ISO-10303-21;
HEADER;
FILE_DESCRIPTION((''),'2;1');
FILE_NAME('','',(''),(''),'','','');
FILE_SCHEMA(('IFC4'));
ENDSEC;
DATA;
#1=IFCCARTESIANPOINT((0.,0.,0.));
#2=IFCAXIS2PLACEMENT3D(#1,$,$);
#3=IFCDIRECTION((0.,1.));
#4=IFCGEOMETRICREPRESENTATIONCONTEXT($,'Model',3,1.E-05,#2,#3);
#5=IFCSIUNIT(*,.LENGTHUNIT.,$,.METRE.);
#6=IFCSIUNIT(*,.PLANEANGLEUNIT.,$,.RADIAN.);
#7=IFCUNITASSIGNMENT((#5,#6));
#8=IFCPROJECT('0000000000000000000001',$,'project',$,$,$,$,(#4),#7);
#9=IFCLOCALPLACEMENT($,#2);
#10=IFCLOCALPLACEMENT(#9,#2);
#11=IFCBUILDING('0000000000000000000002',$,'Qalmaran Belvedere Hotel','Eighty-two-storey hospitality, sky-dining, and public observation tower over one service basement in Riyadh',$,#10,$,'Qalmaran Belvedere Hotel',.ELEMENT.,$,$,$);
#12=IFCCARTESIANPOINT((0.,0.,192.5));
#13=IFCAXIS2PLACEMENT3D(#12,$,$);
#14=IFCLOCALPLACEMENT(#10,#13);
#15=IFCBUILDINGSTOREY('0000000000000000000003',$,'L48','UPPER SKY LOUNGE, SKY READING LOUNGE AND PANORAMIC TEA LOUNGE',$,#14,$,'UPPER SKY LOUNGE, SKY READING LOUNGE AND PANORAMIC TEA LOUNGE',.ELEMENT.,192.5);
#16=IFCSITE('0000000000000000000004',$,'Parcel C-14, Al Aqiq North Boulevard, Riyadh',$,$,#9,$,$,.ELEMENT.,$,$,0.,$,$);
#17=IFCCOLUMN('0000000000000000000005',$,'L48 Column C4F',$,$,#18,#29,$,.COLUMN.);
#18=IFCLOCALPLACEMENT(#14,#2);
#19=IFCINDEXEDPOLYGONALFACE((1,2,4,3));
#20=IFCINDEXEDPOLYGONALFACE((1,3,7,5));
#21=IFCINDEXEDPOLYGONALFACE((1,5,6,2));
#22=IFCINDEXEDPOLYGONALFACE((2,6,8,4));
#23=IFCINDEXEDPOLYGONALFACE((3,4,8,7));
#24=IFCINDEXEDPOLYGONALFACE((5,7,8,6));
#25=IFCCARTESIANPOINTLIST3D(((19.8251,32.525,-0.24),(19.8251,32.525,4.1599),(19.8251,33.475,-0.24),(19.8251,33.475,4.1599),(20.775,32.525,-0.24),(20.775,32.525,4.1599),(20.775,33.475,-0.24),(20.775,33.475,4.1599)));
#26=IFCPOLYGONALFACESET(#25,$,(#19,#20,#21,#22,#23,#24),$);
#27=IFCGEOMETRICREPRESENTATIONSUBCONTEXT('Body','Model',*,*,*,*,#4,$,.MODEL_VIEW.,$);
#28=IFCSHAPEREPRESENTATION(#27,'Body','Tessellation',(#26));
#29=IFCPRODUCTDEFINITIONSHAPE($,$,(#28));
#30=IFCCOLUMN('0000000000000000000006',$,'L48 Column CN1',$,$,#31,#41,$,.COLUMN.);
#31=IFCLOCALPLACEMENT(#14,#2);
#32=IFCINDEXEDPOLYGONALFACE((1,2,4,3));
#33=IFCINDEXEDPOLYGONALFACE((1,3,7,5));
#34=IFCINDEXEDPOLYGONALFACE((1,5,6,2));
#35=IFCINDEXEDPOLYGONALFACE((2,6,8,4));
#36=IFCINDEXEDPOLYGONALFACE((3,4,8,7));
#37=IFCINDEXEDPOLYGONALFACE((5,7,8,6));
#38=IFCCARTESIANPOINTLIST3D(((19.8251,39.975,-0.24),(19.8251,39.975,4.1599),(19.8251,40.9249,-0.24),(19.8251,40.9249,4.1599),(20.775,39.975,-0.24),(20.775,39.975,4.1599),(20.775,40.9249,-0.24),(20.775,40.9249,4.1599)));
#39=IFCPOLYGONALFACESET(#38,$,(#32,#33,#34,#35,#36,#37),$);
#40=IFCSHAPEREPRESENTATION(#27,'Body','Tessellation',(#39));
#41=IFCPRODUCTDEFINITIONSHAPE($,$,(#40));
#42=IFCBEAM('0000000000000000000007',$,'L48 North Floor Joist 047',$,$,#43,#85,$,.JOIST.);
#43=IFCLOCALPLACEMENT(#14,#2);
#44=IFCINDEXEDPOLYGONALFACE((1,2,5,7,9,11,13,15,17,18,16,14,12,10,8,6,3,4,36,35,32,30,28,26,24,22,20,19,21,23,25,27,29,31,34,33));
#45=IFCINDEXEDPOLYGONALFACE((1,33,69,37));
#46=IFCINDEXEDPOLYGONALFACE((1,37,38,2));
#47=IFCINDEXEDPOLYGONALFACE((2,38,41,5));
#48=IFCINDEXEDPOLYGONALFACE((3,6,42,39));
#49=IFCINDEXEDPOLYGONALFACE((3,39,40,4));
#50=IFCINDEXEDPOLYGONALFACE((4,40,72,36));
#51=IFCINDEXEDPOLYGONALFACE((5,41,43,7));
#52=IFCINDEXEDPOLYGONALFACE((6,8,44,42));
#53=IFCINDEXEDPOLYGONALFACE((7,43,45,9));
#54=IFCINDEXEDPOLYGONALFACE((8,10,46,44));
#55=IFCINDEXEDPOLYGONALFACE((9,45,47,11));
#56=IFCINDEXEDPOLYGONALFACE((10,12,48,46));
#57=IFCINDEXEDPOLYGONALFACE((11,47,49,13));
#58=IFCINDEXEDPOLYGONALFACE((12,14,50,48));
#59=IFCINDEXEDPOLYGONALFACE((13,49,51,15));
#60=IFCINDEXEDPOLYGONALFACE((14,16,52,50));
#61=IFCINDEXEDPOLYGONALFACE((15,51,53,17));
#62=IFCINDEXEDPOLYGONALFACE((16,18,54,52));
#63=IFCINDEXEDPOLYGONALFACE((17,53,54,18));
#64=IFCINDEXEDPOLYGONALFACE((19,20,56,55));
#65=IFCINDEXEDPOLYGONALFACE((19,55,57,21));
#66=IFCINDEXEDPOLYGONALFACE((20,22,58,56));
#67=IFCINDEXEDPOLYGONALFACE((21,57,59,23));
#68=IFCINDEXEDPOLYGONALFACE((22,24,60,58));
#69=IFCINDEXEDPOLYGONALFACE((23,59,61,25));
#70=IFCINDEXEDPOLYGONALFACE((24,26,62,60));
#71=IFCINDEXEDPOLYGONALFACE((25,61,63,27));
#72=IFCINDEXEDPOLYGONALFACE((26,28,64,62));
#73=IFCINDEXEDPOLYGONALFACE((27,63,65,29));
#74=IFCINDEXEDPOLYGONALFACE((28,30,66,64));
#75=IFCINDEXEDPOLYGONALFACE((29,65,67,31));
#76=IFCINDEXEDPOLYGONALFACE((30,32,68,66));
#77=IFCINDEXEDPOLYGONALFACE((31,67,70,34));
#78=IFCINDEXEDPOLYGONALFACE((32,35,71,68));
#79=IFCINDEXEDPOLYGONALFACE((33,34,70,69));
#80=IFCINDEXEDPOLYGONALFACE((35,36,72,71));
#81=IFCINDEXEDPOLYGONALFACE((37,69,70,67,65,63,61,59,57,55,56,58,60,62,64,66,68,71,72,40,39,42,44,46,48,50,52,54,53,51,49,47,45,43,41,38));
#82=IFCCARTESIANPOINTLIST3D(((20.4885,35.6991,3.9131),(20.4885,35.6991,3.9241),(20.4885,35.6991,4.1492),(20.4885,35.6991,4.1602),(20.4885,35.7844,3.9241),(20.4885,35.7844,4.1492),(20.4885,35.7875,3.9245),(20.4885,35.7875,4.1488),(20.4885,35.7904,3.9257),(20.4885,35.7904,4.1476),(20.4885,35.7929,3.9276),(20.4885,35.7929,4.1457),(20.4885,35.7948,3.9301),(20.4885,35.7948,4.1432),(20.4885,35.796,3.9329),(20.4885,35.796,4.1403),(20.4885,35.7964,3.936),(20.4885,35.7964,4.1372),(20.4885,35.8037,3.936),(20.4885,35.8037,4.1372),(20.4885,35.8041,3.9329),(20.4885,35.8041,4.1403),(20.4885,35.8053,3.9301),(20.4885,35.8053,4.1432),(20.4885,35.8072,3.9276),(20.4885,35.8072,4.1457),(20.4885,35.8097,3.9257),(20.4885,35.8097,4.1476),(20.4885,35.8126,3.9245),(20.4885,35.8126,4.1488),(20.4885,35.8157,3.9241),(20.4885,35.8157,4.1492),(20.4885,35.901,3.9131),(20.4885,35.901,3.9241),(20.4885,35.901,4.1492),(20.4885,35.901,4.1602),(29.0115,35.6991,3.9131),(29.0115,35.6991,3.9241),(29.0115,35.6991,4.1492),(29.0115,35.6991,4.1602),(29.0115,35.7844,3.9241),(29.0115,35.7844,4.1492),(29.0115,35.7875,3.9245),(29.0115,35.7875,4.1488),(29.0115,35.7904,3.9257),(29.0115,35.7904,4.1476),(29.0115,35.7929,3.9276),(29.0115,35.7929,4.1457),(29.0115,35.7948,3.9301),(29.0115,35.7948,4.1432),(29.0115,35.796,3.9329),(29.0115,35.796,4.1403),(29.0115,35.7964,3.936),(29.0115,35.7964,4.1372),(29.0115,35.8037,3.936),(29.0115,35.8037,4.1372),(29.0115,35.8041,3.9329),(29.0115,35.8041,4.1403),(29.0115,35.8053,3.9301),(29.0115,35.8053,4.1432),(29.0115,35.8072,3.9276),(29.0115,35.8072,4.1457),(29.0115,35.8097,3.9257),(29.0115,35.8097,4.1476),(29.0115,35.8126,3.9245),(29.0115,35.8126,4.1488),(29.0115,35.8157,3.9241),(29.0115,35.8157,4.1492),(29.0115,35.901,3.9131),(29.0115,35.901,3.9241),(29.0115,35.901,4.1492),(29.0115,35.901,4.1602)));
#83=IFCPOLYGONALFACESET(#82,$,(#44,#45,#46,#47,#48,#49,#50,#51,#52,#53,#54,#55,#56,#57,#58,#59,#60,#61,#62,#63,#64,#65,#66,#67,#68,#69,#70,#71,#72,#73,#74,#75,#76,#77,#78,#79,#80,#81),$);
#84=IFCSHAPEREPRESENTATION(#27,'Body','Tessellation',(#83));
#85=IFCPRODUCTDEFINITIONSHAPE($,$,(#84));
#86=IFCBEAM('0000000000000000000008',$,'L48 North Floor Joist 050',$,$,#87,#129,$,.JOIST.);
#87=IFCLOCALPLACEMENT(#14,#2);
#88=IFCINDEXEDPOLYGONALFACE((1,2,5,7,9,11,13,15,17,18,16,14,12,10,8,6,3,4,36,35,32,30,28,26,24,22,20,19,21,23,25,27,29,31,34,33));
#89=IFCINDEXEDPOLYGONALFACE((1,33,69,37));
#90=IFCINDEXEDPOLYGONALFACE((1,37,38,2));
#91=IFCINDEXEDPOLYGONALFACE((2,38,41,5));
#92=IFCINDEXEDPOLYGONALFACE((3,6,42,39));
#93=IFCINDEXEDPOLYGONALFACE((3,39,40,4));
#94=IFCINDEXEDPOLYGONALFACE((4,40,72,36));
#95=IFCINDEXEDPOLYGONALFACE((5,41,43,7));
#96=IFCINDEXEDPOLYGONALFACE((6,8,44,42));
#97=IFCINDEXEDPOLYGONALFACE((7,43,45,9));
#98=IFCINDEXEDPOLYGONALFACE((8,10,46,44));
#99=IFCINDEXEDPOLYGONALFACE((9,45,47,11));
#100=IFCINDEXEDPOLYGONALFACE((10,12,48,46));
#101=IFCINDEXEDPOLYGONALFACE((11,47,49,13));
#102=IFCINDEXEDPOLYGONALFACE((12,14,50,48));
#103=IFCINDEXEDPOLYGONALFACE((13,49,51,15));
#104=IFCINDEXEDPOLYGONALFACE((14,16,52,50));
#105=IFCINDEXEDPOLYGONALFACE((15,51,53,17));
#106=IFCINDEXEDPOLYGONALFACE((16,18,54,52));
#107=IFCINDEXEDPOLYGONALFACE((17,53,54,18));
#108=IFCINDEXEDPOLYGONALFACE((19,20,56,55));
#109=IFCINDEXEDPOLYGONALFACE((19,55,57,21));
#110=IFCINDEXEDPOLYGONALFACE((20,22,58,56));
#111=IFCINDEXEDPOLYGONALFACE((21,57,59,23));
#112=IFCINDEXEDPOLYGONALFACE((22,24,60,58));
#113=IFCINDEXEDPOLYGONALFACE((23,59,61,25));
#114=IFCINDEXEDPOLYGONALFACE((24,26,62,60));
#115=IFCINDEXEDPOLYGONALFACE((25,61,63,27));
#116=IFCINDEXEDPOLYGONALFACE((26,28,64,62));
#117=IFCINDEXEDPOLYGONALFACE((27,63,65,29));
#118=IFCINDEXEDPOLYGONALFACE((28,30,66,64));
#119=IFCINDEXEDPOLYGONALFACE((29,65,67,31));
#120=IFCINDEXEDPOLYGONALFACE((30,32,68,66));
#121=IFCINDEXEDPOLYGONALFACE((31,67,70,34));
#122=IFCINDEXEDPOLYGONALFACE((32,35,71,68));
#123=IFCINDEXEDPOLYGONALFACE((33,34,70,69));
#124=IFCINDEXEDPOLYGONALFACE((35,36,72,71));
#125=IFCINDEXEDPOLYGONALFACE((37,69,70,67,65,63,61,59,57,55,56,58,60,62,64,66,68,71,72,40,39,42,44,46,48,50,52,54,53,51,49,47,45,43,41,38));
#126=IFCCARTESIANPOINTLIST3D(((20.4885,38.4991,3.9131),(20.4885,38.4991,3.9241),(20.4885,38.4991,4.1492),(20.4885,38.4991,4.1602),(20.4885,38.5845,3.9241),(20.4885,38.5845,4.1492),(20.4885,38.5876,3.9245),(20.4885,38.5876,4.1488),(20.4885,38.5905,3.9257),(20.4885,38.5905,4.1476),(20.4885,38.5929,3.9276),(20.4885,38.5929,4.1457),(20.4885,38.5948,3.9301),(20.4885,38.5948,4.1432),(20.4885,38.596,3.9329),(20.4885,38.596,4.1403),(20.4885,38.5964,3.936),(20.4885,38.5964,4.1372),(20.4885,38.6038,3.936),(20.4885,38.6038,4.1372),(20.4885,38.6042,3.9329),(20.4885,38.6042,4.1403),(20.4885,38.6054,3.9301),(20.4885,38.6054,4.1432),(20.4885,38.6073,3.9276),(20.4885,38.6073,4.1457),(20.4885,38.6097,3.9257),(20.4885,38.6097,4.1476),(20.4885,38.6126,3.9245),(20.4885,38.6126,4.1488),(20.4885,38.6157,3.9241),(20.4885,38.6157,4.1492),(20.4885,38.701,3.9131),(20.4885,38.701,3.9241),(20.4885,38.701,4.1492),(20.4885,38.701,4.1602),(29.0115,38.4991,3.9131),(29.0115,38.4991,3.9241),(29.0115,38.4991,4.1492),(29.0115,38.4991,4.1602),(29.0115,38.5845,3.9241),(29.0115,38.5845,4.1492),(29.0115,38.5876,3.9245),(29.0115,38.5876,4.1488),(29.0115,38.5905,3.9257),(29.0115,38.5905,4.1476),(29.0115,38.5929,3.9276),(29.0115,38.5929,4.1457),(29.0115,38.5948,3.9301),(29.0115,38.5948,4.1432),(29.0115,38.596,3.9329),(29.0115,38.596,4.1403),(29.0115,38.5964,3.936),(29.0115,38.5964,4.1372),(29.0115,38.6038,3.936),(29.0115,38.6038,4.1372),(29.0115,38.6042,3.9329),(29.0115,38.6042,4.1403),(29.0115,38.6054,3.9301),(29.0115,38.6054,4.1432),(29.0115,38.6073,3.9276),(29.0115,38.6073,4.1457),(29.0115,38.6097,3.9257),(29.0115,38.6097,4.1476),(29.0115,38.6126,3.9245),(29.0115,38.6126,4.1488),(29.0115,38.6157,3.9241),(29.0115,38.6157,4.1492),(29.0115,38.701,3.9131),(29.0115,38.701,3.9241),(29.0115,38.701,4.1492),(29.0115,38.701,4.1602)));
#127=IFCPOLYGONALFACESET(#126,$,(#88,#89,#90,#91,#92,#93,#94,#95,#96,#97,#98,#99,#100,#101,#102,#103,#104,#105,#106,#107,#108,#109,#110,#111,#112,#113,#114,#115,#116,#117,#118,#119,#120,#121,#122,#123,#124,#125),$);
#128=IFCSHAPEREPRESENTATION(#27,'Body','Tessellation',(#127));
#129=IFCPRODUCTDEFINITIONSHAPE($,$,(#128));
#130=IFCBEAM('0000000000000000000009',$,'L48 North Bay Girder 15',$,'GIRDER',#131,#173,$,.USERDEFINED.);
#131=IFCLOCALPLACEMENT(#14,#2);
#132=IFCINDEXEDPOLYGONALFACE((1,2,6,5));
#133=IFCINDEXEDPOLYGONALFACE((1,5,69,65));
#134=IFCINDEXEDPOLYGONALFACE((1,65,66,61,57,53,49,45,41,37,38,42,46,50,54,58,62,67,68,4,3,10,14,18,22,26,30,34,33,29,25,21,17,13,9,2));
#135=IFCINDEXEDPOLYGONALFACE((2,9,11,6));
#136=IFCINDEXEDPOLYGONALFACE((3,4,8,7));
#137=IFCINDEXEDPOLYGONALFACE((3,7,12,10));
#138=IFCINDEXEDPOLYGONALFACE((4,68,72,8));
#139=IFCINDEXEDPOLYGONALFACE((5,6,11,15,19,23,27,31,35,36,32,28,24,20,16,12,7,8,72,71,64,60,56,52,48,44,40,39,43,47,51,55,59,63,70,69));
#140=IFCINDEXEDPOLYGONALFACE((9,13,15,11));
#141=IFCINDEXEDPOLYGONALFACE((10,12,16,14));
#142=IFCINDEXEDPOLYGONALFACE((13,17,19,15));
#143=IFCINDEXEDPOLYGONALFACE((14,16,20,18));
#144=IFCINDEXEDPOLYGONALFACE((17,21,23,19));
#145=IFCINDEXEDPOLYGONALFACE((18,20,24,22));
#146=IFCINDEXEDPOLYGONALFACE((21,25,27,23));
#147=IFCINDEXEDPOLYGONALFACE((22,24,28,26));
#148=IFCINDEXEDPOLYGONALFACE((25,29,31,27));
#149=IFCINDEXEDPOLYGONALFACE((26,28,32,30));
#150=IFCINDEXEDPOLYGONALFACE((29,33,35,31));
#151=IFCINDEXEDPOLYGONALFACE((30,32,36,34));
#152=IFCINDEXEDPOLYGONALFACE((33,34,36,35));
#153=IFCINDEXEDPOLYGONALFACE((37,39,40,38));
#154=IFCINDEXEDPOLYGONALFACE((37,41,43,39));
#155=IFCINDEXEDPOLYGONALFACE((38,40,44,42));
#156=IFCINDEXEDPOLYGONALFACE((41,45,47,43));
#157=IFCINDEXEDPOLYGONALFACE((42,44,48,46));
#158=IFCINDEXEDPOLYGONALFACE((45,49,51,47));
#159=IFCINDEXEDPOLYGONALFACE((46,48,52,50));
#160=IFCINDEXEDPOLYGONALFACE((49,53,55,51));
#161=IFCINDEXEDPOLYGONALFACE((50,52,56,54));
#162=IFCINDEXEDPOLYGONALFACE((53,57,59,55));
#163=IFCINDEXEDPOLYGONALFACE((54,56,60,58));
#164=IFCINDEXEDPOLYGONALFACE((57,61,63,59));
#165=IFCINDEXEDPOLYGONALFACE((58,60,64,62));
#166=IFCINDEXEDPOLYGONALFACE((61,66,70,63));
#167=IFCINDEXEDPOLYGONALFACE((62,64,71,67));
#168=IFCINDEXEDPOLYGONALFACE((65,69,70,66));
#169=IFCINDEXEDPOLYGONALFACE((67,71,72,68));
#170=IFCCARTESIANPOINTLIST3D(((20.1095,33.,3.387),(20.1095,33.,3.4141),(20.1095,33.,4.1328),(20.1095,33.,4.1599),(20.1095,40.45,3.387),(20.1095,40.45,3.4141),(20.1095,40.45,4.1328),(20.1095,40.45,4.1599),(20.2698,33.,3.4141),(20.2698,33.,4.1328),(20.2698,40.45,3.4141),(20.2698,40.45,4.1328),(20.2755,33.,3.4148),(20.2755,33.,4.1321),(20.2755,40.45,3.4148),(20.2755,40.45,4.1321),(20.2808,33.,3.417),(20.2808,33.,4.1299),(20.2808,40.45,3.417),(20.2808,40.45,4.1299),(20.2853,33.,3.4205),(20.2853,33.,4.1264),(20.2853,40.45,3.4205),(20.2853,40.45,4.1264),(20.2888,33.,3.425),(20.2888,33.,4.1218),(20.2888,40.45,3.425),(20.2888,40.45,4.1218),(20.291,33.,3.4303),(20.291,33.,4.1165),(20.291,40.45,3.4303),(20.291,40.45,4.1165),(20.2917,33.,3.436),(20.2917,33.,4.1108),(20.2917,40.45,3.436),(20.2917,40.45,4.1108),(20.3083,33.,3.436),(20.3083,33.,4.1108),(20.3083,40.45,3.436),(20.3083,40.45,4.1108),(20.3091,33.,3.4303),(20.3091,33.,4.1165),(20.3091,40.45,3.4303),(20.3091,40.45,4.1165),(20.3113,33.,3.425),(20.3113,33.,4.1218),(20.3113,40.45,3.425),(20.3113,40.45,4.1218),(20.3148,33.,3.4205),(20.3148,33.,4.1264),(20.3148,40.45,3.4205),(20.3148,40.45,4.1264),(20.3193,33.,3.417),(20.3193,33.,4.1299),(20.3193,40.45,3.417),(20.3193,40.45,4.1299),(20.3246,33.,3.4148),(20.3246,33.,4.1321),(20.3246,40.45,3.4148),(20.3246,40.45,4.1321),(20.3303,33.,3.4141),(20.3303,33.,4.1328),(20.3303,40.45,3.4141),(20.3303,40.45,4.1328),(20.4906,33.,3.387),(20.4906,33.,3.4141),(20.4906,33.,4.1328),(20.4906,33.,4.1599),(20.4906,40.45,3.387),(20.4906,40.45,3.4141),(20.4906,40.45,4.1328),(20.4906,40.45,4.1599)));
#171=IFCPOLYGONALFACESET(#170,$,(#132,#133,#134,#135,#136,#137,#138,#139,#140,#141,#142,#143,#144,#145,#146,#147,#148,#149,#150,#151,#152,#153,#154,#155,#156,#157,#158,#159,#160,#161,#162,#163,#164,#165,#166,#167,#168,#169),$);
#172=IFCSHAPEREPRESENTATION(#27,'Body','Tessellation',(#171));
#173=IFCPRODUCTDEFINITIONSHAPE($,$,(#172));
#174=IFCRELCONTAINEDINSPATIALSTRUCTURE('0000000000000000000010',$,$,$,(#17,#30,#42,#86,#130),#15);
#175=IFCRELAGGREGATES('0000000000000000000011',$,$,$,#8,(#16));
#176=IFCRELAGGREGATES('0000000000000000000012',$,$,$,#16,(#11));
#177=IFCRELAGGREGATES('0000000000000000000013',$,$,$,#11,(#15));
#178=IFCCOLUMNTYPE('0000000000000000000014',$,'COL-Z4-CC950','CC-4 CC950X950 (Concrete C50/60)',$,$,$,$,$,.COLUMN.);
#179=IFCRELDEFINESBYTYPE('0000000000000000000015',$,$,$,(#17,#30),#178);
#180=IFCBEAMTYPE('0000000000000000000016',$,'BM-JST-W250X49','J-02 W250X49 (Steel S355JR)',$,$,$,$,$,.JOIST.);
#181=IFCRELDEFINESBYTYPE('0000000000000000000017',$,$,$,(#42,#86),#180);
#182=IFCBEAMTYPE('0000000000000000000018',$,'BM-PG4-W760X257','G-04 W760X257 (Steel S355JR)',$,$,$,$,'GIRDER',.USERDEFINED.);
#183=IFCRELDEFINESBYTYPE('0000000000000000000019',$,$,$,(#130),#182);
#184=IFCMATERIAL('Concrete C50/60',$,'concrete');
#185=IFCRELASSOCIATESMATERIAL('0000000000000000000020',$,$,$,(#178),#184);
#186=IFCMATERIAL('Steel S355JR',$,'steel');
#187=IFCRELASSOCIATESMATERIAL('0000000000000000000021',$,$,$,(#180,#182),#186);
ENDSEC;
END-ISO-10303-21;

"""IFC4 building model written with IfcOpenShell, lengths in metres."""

from ifc_helpers import new_model, si_unit, direction, frame, origin, origin_2d, place, context, subcontext, project, spatial, rectangle, i_section, extrude, material, material_profile, profile_set, type_object, element, save


model = new_model("IFC4")

# Units and contexts
model_context = context("Model", 3, precision=1e-05, world=origin(), true_north=direction((0.0, 1.0)))
body_context = subcontext(model_context, "Body", "Model", "MODEL_VIEW")
ifc_project = project(units=[si_unit("LENGTHUNIT", "METRE"), si_unit("PLANEANGLEUNIT", "RADIAN")], contexts=[model_context])

# Site, building, storey
site_placement = place(None, origin())
site = spatial("IfcSite", under=ifc_project, at=site_placement, Name="Parcel C-14, Al Aqiq North Boulevard, Riyadh", CompositionType="ELEMENT", RefElevation=0.0)
building_placement = place(site_placement, origin())
building = spatial("IfcBuilding", under=site, at=building_placement, Name="Qalmaran Belvedere Hotel", Description="Eighty-two-storey hospitality, sky-dining, and public observation tower over one service basement in Riyadh", LongName="Qalmaran Belvedere Hotel", CompositionType="ELEMENT")
storey_placement = place(building_placement, frame((0.0, 0.0, 192.5)))
storey = spatial("IfcBuildingStorey", under=building, at=storey_placement, Name="L48", Description="UPPER SKY LOUNGE, SKY READING LOUNGE AND PANORAMIC TEA LOUNGE", LongName="UPPER SKY LOUNGE, SKY READING LOUNGE AND PANORAMIC TEA LOUNGE", CompositionType="ELEMENT", Elevation=192.5)

# Columns
ifc_material_1 = material(Name="Concrete C50/60", Category="concrete")
ifc_material_profile_1 = material_profile(ifc_material_1, rectangle(XDim=0.95, YDim=0.95, at=origin_2d()), Name="CC950X950")
ifc_profile_set_1 = profile_set([ifc_material_profile_1], Name="Concrete C50/60")
column_type = type_object("IfcColumnType", Name="COL-Z4-CC950", Description="CC-4 CC950X950 (Concrete C50/60)", PredefinedType="COLUMN", material=ifc_profile_set_1)
for number, where, z_axis, x_axis, name in (
    (1, (20.3, 33.0, -0.24), (0.0, 0.0, 1.0), (1.0, 0.0, 0.0), "L48 Column C4F"),
    (2, (20.3, 40.45, -0.24), (0.0, 0.0, 1.0), (1.0, 0.0, 0.0), "L48 Column CN1"),
):
    element("IfcColumn", number, at=place(storey_placement, frame(where, z_axis=z_axis, x_axis=x_axis)), inside=storey, type_object=column_type, Name=name, PredefinedType="COLUMN", context=body_context, shape_type="SweptSolid", body=[
        extrude(rectangle(XDim=0.95, YDim=0.95, at=origin_2d()), origin(), (0.0, 0.0, 1.0), 4.3999),
    ])

# Beams
ifc_material_2 = material(Name="Steel S355JR", Category="steel")
ifc_material_profile_2 = material_profile(ifc_material_2, i_section(OverallWidth=0.2019, OverallDepth=0.2471, WebThickness=0.0073, FlangeThickness=0.011, FilletRadius=0.012, at=origin_2d()), Name="W250X49")
ifc_profile_set_2 = profile_set([ifc_material_profile_2], Name="Steel S355JR")
beam_type_1 = type_object("IfcBeamType", Name="BM-JST-W250X49", Description="J-02 W250X49 (Steel S355JR)", PredefinedType="JOIST", material=ifc_profile_set_2)
for number, where, z_axis, x_axis, name in (
    (3, (20.4885, 35.8, 4.0366), (1.0, 0.0, 0.0), (0.0, 1.0, 0.0), "L48 North Floor Joist 047"),
    (4, (20.4885, 38.6001, 4.0366), (1.0, 0.0, 0.0), (0.0, 1.0, 0.0), "L48 North Floor Joist 050"),
):
    element("IfcBeam", number, at=place(storey_placement, frame(where, z_axis=z_axis, x_axis=x_axis)), inside=storey, type_object=beam_type_1, Name=name, PredefinedType="JOIST", context=body_context, shape_type="SweptSolid", body=[
        extrude(i_section(OverallWidth=0.2019, OverallDepth=0.2471, WebThickness=0.0073, FlangeThickness=0.011, FilletRadius=0.012, at=origin_2d()), origin(), (0.0, 0.0, 1.0), 8.5229),
    ])
ifc_material_profile_3 = material_profile(ifc_material_2, i_section(OverallWidth=0.3811, OverallDepth=0.7729, WebThickness=0.0166, FlangeThickness=0.0271, FilletRadius=0.022, at=origin_2d()), Name="W760X257")
ifc_profile_set_3 = profile_set([ifc_material_profile_3], Name="Steel S355JR")
beam_type_2 = type_object("IfcBeamType", Name="BM-PG4-W760X257", Description="G-04 W760X257 (Steel S355JR)", ElementType="GIRDER", PredefinedType="USERDEFINED", material=ifc_profile_set_3)
beam_1_placement = place(storey_placement, frame((20.3, 33.0, 3.7734), z_axis=(0.0, 1.0, 0.0), x_axis=(-1.0, 0.0, 0.0)))
element("IfcBeam", 5, at=beam_1_placement, inside=storey, type_object=beam_type_2, Name="L48 North Bay Girder 15", ObjectType="GIRDER", PredefinedType="USERDEFINED", context=body_context, shape_type="SweptSolid", body=[
    extrude(i_section(OverallWidth=0.3811, OverallDepth=0.7729, WebThickness=0.0166, FlangeThickness=0.0271, FilletRadius=0.022, at=origin_2d()), origin(), (0.0, 0.0, 1.0), 7.45),
])

save(model, "model.ifc")
